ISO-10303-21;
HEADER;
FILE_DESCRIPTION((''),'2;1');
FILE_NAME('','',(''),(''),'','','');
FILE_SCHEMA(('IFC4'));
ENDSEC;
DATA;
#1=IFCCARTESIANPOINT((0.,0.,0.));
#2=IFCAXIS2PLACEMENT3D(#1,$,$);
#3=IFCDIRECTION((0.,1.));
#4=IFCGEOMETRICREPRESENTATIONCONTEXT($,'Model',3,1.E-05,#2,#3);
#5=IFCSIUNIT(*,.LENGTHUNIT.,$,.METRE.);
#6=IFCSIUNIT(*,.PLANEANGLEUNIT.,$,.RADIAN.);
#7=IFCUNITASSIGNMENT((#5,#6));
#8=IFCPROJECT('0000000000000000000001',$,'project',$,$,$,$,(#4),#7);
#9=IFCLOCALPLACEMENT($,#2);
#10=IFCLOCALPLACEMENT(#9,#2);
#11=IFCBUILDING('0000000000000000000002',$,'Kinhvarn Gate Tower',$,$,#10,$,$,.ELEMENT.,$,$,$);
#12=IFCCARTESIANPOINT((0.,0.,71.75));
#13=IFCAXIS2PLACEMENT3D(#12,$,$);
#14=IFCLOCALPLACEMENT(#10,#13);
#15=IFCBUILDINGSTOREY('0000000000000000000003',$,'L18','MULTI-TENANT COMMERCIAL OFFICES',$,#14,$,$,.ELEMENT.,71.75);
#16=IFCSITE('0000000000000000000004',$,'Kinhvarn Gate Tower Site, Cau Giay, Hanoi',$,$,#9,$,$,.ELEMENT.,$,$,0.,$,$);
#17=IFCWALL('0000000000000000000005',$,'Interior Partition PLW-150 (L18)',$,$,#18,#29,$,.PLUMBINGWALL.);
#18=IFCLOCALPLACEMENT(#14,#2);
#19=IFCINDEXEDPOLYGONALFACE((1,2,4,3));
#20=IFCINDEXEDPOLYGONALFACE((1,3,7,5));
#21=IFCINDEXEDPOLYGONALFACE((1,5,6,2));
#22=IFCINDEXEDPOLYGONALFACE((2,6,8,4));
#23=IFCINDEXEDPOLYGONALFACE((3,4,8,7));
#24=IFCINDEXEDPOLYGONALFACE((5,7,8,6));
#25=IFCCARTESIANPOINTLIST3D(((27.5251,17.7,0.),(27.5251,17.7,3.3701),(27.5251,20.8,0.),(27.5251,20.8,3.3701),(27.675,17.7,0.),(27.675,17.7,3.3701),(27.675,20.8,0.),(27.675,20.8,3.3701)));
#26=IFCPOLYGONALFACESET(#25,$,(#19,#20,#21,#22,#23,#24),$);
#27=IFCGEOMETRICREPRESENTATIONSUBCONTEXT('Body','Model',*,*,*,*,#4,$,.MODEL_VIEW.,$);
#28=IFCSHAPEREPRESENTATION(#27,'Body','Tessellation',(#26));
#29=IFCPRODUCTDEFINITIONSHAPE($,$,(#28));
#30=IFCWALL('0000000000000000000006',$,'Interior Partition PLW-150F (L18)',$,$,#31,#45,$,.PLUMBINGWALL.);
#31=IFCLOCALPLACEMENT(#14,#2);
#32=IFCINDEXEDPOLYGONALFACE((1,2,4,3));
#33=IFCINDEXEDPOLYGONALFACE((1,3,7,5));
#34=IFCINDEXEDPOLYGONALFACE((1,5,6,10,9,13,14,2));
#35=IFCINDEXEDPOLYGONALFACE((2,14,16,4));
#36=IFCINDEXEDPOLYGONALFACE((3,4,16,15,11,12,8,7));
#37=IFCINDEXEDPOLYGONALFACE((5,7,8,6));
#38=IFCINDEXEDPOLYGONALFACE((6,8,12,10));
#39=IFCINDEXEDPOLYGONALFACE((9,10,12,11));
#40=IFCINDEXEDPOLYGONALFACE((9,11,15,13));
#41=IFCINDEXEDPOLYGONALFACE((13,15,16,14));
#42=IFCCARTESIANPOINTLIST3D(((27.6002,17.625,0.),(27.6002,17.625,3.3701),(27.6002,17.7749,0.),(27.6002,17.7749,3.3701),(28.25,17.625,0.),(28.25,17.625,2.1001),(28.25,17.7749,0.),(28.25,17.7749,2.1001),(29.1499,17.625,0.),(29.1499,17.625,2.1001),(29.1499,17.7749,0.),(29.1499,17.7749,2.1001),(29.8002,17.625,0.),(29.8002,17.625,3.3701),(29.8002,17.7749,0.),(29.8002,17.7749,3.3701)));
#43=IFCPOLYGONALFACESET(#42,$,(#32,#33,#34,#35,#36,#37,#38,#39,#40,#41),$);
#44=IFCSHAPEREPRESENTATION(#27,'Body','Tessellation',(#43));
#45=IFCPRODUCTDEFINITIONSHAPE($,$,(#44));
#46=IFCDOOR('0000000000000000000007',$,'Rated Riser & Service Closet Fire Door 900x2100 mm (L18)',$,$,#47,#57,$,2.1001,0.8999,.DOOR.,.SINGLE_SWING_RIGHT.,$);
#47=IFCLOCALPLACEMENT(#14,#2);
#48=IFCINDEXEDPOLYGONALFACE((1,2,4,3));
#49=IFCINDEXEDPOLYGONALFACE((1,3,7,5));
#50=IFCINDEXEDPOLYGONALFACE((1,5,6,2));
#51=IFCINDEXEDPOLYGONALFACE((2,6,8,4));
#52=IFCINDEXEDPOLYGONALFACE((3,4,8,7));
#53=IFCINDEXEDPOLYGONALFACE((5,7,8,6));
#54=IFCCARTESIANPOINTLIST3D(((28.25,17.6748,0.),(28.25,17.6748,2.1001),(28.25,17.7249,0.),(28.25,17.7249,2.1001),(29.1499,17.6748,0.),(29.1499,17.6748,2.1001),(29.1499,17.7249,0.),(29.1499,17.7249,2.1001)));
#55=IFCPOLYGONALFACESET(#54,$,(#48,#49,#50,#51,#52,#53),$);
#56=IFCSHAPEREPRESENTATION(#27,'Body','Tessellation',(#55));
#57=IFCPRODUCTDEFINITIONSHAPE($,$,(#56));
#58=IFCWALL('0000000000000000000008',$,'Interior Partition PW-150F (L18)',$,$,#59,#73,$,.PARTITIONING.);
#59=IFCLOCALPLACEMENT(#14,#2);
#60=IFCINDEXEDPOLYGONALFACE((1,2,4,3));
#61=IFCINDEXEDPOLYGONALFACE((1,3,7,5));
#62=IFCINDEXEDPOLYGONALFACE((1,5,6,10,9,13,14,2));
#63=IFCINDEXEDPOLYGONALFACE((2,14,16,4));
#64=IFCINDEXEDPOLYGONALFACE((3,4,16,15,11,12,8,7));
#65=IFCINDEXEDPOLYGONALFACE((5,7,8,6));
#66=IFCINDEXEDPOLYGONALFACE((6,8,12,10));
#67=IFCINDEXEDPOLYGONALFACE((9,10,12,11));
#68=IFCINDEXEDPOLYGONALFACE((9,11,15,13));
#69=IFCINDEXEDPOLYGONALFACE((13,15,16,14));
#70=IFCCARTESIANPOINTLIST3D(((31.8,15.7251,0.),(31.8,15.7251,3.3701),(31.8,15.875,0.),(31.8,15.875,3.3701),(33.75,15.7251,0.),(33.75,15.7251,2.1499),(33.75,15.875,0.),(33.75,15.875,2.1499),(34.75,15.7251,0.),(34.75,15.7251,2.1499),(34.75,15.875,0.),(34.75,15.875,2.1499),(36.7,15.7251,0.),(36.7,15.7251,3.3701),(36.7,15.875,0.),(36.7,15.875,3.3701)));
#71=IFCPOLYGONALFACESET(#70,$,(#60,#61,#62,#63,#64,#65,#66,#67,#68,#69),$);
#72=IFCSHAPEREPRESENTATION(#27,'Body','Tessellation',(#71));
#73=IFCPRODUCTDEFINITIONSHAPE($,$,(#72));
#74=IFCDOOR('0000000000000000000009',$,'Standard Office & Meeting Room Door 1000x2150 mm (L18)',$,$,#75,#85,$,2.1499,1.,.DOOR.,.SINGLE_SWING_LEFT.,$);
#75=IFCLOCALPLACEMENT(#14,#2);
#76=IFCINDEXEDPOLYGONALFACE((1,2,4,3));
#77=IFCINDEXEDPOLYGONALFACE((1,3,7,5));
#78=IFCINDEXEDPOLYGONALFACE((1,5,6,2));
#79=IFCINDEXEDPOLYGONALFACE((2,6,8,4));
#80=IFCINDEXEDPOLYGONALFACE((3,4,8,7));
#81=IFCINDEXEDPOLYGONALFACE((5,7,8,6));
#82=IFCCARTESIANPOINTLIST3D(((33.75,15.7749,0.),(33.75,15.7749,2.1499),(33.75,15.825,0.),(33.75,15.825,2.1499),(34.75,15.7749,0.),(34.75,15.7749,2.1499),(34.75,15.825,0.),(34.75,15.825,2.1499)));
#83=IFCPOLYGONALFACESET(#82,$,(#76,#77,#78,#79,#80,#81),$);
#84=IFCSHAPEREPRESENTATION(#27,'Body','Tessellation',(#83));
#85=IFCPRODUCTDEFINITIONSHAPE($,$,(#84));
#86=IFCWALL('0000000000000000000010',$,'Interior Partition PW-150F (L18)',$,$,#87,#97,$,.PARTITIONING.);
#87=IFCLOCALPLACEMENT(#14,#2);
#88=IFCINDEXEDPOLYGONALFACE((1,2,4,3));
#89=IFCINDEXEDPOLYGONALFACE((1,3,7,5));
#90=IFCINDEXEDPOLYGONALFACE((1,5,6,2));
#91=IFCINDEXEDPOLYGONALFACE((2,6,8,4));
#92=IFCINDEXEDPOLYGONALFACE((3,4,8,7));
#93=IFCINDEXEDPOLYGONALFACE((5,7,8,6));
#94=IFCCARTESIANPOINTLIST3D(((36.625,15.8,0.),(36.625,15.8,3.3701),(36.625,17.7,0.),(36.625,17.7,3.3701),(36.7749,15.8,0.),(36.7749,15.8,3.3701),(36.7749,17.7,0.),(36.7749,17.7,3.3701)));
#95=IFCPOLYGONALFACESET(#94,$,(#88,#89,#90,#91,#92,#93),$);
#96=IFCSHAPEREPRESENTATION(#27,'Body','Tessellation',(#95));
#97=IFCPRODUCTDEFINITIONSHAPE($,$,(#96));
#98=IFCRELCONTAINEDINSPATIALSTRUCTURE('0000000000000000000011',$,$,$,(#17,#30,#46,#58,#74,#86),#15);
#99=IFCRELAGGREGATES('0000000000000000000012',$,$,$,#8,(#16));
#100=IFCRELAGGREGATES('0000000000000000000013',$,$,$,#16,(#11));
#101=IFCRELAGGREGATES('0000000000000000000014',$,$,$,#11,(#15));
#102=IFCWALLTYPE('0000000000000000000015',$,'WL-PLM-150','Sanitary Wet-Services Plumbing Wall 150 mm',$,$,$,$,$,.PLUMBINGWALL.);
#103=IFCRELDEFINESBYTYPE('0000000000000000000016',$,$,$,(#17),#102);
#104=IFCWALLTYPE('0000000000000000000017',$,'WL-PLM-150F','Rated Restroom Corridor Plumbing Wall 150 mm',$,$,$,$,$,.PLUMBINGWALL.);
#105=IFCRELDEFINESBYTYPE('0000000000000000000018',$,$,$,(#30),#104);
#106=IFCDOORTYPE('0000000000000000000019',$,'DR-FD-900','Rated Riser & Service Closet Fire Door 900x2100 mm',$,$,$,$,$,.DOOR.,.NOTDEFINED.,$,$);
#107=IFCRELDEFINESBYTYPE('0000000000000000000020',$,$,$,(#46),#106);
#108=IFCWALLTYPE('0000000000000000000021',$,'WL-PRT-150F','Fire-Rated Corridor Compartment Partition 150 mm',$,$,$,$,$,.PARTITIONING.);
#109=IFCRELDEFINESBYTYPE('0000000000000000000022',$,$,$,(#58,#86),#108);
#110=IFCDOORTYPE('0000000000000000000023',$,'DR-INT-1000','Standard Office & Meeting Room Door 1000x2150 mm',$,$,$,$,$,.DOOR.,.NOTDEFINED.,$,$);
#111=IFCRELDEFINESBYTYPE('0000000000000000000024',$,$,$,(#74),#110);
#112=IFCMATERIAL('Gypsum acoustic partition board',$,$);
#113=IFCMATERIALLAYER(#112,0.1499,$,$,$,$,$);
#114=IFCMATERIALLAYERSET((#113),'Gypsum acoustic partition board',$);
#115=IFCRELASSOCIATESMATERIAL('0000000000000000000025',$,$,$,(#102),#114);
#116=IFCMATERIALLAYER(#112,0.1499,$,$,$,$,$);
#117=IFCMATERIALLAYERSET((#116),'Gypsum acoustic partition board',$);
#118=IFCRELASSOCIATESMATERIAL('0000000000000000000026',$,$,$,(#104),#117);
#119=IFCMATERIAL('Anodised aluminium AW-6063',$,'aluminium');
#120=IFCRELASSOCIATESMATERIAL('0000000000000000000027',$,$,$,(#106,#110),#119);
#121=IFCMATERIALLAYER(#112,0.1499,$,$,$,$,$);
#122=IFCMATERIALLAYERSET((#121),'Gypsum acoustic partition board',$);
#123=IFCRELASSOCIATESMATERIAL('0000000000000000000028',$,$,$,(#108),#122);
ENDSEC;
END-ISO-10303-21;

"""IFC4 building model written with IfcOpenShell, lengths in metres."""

from ifc_helpers import new_model, si_unit, direction, frame, frame_2d, origin, place, context, subcontext, project, spatial, rectangle, extrude, material, layer, layer_set, type_object, element, fill, save


model = new_model("IFC4")

# Units and contexts
model_context = context("Model", 3, precision=1e-05, world=origin(), true_north=direction((0.0, 1.0)))
body_context = subcontext(model_context, "Body", "Model", "MODEL_VIEW")
ifc_project = project(units=[si_unit("LENGTHUNIT", "METRE"), si_unit("PLANEANGLEUNIT", "RADIAN")], contexts=[model_context])

# Site, building, storey
site_placement = place(None, origin())
site = spatial("IfcSite", under=ifc_project, at=site_placement, Name="Kinhvarn Gate Tower Site, Cau Giay, Hanoi", CompositionType="ELEMENT", RefElevation=0.0)
building_placement = place(site_placement, origin())
building = spatial("IfcBuilding", under=site, at=building_placement, Name="Kinhvarn Gate Tower", CompositionType="ELEMENT")
storey_placement = place(building_placement, frame((0.0, 0.0, 71.75)))
storey = spatial("IfcBuildingStorey", under=building, at=storey_placement, Name="L18", Description="MULTI-TENANT COMMERCIAL OFFICES", CompositionType="ELEMENT", Elevation=71.75)

# Wall
ifc_material_1 = material(Name="Gypsum acoustic partition board")
ifc_layer_1 = layer(ifc_material_1, 0.1499)
ifc_layer_set_1 = layer_set([ifc_layer_1], Name="Gypsum acoustic partition board")
wall_type_1 = type_object("IfcWallType", Name="WL-PLM-150", Description="Sanitary Wet-Services Plumbing Wall 150 mm", PredefinedType="PLUMBINGWALL", material=ifc_layer_set_1)
wall_1_placement = place(storey_placement, frame((27.6001, 17.7, 0.0), z_axis=(0.0, 0.0, 1.0), x_axis=(0.0, 1.0, 0.0)))
element("IfcWall", 1, at=wall_1_placement, inside=storey, type_object=wall_type_1, Name="Interior Partition PLW-150 (L18)", PredefinedType="PLUMBINGWALL", context=body_context, shape_type="SweptSolid", body=[
    extrude(rectangle(XDim=3.1001, YDim=0.1499, at=frame_2d((1.55, 0.0))), origin(), (0.0, 0.0, 1.0), 3.3701),
])

# Walls, openings, doors
ifc_layer_2 = layer(ifc_material_1, 0.1499)
ifc_layer_set_2 = layer_set([ifc_layer_2], Name="Gypsum acoustic partition board")
wall_type_2 = type_object("IfcWallType", Name="WL-PLM-150F", Description="Rated Restroom Corridor Plumbing Wall 150 mm", PredefinedType="PLUMBINGWALL", material=ifc_layer_set_2)
wall_2_placement = place(storey_placement, frame((27.6001, 17.7, 0.0), z_axis=(0.0, 0.0, 1.0), x_axis=(1.0, 0.0, 0.0)))
wall_2 = element("IfcWall", 2, at=wall_2_placement, inside=storey, type_object=wall_type_2, Name="Interior Partition PLW-150F (L18)", PredefinedType="PLUMBINGWALL", context=body_context, shape_type="SweptSolid", body=[
    extrude(rectangle(XDim=2.2, YDim=0.1499, at=frame_2d((1.1001, 0.0))), origin(), (0.0, 0.0, 1.0), 3.3701),
])
opening_1_placement = place(wall_2_placement, frame((0.6499, 0.0, 0.0)))
opening_1 = element("IfcOpeningElement", 3, at=opening_1_placement, cuts=wall_2, PredefinedType="OPENING", context=body_context, shape_type="SweptSolid", body=[
    extrude(rectangle(XDim=0.8999, YDim=2.1001, at=frame_2d((0.45, 1.05))), frame((0.0, 0.085, 0.0), z_axis=(0.0, -1.0, 0.0), x_axis=(1.0, 0.0, 0.0)), (0.0, 0.0, 1.0), 0.1699),
])
ifc_material_2 = material(Name="Anodised aluminium AW-6063", Category="aluminium")
door_type_1 = type_object("IfcDoorType", Name="DR-FD-900", Description="Rated Riser & Service Closet Fire Door 900x2100 mm", OperationType="NOTDEFINED", PredefinedType="DOOR", material=ifc_material_2)
door_1_placement = place(opening_1_placement, origin())
door_1 = element("IfcDoor", 4, at=door_1_placement, inside=storey, type_object=door_type_1, Name="Rated Riser & Service Closet Fire Door 900x2100 mm (L18)", OperationType="SINGLE_SWING_RIGHT", OverallHeight=2.1001, OverallWidth=0.8999, PredefinedType="DOOR", context=body_context, shape_type="SweptSolid", body=[
    extrude(rectangle(XDim=0.8999, YDim=2.1001, at=frame_2d((0.45, 1.05))), frame((0.0, 0.0249, 0.0), z_axis=(0.0, -1.0, 0.0), x_axis=(1.0, 0.0, 0.0)), (0.0, 0.0, 1.0), 0.05),
])
fill(opening_1, door_1)
ifc_layer_3 = layer(ifc_material_1, 0.1499)
ifc_layer_set_3 = layer_set([ifc_layer_3], Name="Gypsum acoustic partition board")
wall_type_3 = type_object("IfcWallType", Name="WL-PRT-150F", Description="Fire-Rated Corridor Compartment Partition 150 mm", PredefinedType="PARTITIONING", material=ifc_layer_set_3)
door_type_2 = type_object("IfcDoorType", Name="DR-INT-1000", Description="Standard Office & Meeting Room Door 1000x2150 mm", OperationType="NOTDEFINED", PredefinedType="DOOR", material=ifc_material_2)
wall_3_placement = place(storey_placement, frame((31.8, 15.8, 0.0), z_axis=(0.0, 0.0, 1.0), x_axis=(1.0, 0.0, 0.0)))
wall_3 = element("IfcWall", 5, at=wall_3_placement, inside=storey, type_object=wall_type_3, Name="Interior Partition PW-150F (L18)", PredefinedType="PARTITIONING", context=body_context, shape_type="SweptSolid", body=[
    extrude(rectangle(XDim=4.8999, YDim=0.1499, at=frame_2d((2.45, 0.0))), origin(), (0.0, 0.0, 1.0), 3.3701),
])
opening_2_placement = place(wall_3_placement, frame((1.95, 0.0, 0.0)))
opening_2 = element("IfcOpeningElement", 6, at=opening_2_placement, cuts=wall_3, PredefinedType="OPENING", context=body_context, shape_type="SweptSolid", body=[
    extrude(rectangle(XDim=1.0, YDim=2.1499, at=frame_2d((0.5, 1.075))), frame((0.0, 0.085, 0.0), z_axis=(0.0, -1.0, 0.0), x_axis=(1.0, 0.0, 0.0)), (0.0, 0.0, 1.0), 0.1699),
])
door_2_placement = place(opening_2_placement, origin())
door_2 = element("IfcDoor", 7, at=door_2_placement, inside=storey, type_object=door_type_2, Name="Standard Office & Meeting Room Door 1000x2150 mm (L18)", OperationType="SINGLE_SWING_LEFT", OverallHeight=2.1499, OverallWidth=1.0, PredefinedType="DOOR", context=body_context, shape_type="SweptSolid", body=[
    extrude(rectangle(XDim=1.0, YDim=2.1499, at=frame_2d((0.5, 1.075))), frame((0.0, 0.0249, 0.0), z_axis=(0.0, -1.0, 0.0), x_axis=(1.0, 0.0, 0.0)), (0.0, 0.0, 1.0), 0.05),
])
fill(opening_2, door_2)

# Wall
wall_4_placement = place(storey_placement, frame((36.7, 15.8, 0.0), z_axis=(0.0, 0.0, 1.0), x_axis=(0.0, 1.0, 0.0)))
element("IfcWall", 8, at=wall_4_placement, inside=storey, type_object=wall_type_3, Name="Interior Partition PW-150F (L18)", PredefinedType="PARTITIONING", context=body_context, shape_type="SweptSolid", body=[
    extrude(rectangle(XDim=1.8999, YDim=0.1499, at=frame_2d((0.95, 0.0))), origin(), (0.0, 0.0, 1.0), 3.3701),
])

save(model, "model.ifc")
